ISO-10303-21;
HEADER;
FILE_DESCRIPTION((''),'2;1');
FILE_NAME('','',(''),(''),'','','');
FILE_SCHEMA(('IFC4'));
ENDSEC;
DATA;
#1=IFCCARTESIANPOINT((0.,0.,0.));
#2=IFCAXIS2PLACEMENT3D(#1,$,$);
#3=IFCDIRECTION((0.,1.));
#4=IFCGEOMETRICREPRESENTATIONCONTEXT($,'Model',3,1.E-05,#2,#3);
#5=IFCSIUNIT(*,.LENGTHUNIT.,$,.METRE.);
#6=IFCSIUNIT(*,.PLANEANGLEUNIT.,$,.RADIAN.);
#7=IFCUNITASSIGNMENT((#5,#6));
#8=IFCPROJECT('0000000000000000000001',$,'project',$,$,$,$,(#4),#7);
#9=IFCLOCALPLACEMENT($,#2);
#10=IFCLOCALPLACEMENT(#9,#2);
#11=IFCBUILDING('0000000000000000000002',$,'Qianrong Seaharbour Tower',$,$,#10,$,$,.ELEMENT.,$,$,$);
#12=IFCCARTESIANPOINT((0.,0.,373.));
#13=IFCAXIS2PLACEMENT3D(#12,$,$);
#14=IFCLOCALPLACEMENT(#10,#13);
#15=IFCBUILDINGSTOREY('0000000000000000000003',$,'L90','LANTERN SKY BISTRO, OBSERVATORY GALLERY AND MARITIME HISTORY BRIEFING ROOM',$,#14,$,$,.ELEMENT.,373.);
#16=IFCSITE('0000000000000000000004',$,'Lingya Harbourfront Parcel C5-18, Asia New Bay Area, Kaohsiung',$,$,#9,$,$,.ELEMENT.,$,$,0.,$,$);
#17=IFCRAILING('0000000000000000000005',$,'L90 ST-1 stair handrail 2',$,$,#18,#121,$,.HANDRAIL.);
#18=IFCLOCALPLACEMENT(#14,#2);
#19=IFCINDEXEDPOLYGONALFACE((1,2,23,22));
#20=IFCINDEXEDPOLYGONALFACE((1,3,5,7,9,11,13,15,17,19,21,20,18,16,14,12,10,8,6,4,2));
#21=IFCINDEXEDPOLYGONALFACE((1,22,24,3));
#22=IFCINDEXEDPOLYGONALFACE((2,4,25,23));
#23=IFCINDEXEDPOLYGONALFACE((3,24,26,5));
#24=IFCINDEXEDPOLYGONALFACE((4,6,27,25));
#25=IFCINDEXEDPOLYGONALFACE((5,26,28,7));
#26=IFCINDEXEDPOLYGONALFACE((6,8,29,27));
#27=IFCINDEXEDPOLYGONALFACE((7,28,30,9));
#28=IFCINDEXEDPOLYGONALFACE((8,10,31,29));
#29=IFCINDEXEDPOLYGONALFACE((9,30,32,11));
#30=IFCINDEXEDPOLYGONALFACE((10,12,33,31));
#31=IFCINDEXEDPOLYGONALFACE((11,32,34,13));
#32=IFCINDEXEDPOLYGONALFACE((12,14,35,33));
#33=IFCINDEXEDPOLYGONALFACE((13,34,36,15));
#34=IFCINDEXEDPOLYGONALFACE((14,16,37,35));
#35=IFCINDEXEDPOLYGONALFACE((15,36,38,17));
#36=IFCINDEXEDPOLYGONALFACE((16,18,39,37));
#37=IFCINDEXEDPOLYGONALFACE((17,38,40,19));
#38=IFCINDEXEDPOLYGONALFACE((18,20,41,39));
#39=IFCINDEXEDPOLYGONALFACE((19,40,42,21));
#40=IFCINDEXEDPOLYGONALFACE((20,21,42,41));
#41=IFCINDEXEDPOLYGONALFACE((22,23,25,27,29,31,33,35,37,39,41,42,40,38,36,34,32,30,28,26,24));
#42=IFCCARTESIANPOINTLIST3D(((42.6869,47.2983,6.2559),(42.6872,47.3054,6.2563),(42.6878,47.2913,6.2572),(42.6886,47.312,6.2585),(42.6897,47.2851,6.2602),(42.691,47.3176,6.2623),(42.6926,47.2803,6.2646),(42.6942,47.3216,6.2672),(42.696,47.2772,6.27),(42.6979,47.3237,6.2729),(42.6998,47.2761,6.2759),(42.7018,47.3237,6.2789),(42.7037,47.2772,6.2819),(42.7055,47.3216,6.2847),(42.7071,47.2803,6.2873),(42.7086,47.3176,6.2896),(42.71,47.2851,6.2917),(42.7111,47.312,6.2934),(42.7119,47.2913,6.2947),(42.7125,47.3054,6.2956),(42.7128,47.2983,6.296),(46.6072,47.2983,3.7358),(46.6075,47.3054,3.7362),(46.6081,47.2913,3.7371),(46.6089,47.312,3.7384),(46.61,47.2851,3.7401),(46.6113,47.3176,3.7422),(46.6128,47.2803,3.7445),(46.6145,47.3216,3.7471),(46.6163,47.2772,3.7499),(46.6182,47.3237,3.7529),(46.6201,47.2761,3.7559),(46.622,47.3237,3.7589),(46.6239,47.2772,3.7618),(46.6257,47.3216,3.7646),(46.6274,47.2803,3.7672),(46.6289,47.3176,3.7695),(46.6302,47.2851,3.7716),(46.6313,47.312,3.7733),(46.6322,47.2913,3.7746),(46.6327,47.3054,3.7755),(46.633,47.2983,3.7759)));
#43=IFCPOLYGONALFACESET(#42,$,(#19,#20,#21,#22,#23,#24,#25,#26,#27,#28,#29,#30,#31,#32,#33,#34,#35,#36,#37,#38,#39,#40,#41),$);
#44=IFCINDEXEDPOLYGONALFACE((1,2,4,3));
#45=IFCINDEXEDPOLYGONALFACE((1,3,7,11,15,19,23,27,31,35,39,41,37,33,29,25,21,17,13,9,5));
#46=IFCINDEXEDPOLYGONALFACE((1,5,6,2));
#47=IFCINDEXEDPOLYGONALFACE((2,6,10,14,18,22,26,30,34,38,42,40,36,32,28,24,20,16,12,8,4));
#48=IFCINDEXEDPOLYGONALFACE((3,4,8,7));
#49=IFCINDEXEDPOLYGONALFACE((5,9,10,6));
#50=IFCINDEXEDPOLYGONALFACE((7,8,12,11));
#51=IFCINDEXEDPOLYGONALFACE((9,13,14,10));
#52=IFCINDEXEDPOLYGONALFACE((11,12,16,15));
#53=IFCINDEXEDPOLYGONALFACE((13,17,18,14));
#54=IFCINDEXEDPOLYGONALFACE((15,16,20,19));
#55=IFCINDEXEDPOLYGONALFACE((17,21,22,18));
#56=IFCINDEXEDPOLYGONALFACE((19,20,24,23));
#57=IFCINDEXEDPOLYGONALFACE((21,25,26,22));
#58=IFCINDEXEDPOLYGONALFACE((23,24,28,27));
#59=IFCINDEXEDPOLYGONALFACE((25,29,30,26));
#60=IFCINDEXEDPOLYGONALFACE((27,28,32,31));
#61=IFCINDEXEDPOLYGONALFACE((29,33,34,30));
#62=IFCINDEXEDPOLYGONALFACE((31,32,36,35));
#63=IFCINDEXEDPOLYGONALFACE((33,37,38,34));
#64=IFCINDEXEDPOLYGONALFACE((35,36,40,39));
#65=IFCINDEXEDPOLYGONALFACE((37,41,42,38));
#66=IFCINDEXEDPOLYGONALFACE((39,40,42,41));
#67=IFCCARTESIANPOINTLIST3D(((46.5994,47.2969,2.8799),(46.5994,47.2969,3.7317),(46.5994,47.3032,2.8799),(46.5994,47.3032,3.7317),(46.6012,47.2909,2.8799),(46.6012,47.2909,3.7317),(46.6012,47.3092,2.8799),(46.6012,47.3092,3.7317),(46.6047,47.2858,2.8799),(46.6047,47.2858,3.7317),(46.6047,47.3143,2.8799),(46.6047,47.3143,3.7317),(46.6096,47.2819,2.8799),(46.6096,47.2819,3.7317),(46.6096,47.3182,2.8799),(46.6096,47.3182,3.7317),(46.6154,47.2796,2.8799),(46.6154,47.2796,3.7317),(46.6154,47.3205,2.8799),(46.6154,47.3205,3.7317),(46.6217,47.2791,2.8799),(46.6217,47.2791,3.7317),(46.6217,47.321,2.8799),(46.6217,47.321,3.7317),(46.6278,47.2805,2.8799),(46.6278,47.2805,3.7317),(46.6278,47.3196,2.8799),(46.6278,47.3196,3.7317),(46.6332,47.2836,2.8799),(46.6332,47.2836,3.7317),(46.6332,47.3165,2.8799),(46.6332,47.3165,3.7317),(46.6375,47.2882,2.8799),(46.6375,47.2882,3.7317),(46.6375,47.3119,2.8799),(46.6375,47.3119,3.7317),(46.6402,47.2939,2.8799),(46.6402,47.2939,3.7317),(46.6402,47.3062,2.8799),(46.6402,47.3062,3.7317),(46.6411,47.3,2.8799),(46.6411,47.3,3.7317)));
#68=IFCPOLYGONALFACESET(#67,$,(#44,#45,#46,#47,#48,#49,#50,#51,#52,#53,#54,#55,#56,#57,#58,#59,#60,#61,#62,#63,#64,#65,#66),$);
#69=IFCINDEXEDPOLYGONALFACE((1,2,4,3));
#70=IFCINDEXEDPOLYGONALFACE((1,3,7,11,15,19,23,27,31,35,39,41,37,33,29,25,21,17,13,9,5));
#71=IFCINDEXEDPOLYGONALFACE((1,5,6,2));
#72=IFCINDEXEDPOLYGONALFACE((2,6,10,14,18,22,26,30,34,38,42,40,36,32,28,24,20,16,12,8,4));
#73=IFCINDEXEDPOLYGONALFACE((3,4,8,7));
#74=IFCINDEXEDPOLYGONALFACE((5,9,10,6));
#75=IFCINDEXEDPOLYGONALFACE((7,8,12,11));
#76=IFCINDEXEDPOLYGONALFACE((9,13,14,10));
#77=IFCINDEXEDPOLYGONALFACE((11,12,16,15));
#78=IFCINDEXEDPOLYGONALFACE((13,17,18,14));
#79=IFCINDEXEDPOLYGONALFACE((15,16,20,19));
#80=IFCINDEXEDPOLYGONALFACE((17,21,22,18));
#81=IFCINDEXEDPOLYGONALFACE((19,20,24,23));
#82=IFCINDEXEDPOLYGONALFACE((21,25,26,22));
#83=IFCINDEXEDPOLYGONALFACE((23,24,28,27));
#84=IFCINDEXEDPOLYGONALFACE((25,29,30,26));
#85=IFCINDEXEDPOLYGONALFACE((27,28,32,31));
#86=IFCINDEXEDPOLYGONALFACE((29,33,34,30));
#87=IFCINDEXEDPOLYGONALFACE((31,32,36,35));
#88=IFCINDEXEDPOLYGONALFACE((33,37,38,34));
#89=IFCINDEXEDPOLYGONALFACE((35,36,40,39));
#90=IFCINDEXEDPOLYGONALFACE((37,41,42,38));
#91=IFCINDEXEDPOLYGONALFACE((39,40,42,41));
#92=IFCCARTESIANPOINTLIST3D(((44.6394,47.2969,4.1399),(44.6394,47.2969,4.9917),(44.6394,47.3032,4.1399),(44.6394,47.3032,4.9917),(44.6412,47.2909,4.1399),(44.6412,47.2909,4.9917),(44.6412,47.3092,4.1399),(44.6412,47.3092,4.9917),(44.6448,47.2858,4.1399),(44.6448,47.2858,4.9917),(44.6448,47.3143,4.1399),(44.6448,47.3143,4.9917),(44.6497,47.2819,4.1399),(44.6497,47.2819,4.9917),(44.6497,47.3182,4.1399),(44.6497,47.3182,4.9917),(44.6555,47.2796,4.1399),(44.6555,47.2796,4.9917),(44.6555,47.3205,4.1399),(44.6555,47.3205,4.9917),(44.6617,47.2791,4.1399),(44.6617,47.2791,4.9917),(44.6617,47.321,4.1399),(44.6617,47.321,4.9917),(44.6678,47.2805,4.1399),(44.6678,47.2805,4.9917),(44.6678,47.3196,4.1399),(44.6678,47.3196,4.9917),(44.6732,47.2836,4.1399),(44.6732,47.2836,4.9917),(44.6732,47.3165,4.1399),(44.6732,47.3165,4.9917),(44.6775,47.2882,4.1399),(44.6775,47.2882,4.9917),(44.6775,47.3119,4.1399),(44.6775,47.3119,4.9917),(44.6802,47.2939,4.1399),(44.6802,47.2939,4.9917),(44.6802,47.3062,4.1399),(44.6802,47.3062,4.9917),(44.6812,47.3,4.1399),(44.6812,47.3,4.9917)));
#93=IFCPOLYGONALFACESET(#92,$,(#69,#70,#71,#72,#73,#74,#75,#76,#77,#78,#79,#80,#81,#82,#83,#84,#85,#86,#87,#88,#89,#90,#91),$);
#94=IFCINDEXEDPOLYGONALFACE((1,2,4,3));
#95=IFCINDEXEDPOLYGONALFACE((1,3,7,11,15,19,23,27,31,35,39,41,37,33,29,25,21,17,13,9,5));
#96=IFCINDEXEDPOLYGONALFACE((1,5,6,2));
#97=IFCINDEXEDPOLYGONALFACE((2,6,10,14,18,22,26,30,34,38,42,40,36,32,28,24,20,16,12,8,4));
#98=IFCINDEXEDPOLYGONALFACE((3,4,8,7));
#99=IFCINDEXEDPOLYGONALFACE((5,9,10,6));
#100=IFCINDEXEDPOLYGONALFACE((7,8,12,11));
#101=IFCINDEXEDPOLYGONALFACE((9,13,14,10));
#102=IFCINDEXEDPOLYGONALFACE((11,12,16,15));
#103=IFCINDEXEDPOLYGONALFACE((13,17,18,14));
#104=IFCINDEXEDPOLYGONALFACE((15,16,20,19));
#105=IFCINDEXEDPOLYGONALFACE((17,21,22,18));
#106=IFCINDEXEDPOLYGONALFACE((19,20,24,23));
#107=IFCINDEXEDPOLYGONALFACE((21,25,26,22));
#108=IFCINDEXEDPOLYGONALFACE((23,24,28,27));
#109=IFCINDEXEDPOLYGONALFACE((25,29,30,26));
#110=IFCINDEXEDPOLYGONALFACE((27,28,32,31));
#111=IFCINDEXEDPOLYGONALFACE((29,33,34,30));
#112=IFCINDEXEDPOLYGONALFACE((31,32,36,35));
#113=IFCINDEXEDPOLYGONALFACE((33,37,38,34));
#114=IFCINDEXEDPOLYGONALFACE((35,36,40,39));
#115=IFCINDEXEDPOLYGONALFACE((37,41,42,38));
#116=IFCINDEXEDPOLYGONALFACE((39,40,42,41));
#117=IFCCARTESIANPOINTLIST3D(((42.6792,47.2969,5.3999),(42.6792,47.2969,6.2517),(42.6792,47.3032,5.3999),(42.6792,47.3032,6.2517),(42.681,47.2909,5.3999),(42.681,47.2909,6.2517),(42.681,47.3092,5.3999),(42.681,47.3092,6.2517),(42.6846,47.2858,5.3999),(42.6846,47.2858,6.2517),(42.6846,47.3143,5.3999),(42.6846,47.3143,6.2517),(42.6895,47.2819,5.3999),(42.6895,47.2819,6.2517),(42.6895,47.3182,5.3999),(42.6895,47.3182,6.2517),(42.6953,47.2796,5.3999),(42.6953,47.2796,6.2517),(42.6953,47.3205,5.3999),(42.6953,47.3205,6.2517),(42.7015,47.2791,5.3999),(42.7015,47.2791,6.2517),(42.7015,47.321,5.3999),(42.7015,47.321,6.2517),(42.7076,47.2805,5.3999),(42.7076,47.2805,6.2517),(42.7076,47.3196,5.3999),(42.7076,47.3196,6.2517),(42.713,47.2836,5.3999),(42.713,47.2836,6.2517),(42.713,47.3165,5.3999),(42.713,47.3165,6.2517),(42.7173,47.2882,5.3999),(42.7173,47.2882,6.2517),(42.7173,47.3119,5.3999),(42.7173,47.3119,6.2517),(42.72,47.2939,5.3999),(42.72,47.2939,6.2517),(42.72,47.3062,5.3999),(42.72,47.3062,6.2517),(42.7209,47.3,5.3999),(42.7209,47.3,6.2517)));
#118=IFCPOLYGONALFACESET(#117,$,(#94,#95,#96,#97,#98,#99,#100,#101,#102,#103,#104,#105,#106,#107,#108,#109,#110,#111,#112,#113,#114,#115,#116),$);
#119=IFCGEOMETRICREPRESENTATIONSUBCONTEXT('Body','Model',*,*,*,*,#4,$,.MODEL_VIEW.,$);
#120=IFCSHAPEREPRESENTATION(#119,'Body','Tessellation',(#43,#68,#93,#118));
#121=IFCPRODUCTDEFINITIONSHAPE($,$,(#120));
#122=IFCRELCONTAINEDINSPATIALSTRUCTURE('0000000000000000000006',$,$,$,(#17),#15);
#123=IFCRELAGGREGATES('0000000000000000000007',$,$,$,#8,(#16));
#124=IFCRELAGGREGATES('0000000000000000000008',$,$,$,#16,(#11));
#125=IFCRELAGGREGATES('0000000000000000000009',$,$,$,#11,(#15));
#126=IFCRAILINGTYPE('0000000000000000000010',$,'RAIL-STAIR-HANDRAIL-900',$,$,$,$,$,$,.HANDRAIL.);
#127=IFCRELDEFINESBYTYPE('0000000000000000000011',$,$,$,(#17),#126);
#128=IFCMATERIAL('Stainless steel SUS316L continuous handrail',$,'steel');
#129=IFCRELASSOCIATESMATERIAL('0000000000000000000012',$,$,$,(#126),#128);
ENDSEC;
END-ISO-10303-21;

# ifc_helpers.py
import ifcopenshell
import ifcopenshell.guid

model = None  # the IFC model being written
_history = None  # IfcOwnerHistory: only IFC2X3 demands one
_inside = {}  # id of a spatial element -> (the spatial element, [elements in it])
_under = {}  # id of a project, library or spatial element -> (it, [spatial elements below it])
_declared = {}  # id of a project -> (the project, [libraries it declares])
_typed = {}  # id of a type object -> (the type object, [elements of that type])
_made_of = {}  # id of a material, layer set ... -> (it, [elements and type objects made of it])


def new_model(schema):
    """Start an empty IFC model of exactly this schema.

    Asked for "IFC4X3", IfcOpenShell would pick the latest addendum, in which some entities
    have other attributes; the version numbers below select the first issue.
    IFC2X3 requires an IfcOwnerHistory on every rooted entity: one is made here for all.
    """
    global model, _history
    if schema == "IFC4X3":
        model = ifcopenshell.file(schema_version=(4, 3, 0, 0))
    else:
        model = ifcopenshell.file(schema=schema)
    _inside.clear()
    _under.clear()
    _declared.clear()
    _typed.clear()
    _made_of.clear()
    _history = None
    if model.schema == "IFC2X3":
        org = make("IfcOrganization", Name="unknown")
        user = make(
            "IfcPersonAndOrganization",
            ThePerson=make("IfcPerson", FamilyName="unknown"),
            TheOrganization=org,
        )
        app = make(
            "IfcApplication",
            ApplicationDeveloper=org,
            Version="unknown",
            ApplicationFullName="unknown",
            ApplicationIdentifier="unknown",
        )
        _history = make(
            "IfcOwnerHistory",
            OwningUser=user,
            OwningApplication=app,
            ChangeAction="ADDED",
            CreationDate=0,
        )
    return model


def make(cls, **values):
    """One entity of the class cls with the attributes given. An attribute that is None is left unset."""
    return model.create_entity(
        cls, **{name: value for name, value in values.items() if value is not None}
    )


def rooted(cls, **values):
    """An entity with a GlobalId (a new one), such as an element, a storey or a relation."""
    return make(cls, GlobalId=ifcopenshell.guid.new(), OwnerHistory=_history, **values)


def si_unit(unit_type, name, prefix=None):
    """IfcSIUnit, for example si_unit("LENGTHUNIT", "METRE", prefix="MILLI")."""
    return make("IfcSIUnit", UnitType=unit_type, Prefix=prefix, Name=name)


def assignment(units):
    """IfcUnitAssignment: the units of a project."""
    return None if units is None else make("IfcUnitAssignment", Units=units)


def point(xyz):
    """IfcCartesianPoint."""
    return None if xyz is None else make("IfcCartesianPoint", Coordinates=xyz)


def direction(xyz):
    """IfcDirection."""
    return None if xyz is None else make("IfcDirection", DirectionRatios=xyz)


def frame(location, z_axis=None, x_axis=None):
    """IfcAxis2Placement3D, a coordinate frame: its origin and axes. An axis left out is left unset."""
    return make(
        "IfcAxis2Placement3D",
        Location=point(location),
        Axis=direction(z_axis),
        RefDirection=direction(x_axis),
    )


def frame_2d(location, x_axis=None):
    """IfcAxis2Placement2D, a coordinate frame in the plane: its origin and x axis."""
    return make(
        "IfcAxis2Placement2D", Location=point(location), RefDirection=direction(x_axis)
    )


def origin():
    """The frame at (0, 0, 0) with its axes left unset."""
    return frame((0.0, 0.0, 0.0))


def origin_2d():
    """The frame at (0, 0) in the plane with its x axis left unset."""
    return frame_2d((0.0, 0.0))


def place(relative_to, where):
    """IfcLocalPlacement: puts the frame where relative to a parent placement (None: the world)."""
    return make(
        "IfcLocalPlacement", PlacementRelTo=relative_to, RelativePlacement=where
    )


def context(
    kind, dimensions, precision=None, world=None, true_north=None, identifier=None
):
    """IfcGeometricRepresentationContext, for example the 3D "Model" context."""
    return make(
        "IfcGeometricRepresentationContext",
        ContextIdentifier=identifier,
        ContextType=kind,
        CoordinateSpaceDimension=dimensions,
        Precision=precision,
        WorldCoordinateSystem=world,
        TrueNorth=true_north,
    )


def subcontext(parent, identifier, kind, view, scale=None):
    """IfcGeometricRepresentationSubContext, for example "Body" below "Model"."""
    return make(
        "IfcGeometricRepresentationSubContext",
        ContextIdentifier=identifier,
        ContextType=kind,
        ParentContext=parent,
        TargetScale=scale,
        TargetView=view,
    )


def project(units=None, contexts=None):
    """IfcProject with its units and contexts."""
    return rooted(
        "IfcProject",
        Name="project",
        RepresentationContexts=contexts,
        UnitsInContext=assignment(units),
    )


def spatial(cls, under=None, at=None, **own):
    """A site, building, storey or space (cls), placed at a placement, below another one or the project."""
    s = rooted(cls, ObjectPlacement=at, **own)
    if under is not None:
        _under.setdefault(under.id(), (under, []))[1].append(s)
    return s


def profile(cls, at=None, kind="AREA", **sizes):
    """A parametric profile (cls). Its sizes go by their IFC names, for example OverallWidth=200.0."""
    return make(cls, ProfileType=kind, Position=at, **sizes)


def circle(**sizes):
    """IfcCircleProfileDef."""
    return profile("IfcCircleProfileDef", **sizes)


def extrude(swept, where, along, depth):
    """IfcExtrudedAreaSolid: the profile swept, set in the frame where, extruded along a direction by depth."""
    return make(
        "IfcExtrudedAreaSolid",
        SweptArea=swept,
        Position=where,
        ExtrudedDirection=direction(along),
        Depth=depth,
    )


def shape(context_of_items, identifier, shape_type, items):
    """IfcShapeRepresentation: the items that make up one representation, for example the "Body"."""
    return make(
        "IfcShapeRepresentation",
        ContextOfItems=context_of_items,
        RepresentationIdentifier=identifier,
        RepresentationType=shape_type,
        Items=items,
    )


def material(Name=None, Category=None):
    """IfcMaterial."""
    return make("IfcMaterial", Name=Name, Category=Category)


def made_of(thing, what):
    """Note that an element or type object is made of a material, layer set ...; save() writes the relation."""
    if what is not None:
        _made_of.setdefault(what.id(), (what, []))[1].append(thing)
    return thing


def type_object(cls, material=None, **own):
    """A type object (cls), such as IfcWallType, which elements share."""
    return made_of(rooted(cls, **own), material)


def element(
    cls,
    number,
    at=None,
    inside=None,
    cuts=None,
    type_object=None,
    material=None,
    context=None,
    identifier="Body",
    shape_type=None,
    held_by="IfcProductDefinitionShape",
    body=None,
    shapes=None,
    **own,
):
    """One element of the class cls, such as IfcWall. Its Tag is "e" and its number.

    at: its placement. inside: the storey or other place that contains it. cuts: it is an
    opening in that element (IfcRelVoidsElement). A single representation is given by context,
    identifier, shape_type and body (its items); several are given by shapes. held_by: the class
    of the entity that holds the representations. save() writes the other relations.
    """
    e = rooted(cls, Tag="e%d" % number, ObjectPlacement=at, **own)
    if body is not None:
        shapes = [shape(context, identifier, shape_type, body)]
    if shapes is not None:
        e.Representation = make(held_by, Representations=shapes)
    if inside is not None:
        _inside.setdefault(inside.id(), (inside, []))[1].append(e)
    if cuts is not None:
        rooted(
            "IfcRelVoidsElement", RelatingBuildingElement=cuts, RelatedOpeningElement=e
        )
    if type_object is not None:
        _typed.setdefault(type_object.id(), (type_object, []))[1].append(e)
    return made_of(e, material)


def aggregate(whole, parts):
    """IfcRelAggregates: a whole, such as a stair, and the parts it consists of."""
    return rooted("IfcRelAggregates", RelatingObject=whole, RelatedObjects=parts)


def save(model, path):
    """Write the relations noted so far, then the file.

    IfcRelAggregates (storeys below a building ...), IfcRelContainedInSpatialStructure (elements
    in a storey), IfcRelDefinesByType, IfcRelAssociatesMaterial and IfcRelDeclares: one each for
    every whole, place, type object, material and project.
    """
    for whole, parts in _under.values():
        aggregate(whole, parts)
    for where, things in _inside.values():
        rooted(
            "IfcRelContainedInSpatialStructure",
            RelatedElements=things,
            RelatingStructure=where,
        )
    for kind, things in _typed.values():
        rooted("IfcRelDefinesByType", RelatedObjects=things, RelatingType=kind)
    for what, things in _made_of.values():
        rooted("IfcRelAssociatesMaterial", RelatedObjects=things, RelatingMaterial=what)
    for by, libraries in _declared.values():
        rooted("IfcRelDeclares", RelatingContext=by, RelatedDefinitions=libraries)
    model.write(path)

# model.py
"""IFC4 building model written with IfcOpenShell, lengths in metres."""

from ifc_helpers import new_model, si_unit, direction, frame, origin, origin_2d, place, context, subcontext, project, spatial, circle, extrude, material, type_object, element, save


model = new_model("IFC4")

# Units and contexts
model_context = context("Model", 3, precision=1e-05, world=origin(), true_north=direction((0.0, 1.0)))
body_context = subcontext(model_context, "Body", "Model", "MODEL_VIEW")
ifc_project = project(units=[si_unit("LENGTHUNIT", "METRE"), si_unit("PLANEANGLEUNIT", "RADIAN")], contexts=[model_context])

# Site, building, storey
site_placement = place(None, origin())
site = spatial("IfcSite", under=ifc_project, at=site_placement, Name="Lingya Harbourfront Parcel C5-18, Asia New Bay Area, Kaohsiung", CompositionType="ELEMENT", RefElevation=0.0)
building_placement = place(site_placement, origin())
building = spatial("IfcBuilding", under=site, at=building_placement, Name="Qianrong Seaharbour Tower", CompositionType="ELEMENT")
storey_placement = place(building_placement, frame((0.0, 0.0, 373.0)))
storey = spatial("IfcBuildingStorey", under=building, at=storey_placement, Name="L90", Description="LANTERN SKY BISTRO, OBSERVATORY GALLERY AND MARITIME HISTORY BRIEFING ROOM", CompositionType="ELEMENT", Elevation=373.0)

# Railing
ifc_material_1 = material(Name="Stainless steel SUS316L continuous handrail", Category="steel")
railing_type_1 = type_object("IfcRailingType", Name="RAIL-STAIR-HANDRAIL-900", PredefinedType="HANDRAIL", material=ifc_material_1)
railing_1_placement = place(storey_placement, frame((46.6201, 47.3, 2.8799)))
element("IfcRailing", 1, at=railing_1_placement, inside=storey, type_object=railing_type_1, Name="L90 ST-1 stair handrail 2", PredefinedType="HANDRAIL", context=body_context, shape_type="SweptSolid", body=[
    extrude(circle(Radius=0.0239, at=origin_2d()), frame((0.0, 0.0, 0.876), z_axis=(-0.841187, 0.0, 0.540744), x_axis=(0.0, -1.0, 0.0)), (0.0, 0.0, 1.0), 4.6604),
    extrude(circle(Radius=0.021, at=origin_2d()), origin(), (0.0, 0.0, 1.0), 0.8518),
    extrude(circle(Radius=0.021, at=origin_2d()), frame((-1.96, 0.0, 1.26)), (0.0, 0.0, 1.0), 0.8518),
    extrude(circle(Radius=0.021, at=origin_2d()), frame((-3.9202, 0.0, 2.52)), (0.0, 0.0, 1.0), 0.8518),
])

save(model, "model.ifc")
